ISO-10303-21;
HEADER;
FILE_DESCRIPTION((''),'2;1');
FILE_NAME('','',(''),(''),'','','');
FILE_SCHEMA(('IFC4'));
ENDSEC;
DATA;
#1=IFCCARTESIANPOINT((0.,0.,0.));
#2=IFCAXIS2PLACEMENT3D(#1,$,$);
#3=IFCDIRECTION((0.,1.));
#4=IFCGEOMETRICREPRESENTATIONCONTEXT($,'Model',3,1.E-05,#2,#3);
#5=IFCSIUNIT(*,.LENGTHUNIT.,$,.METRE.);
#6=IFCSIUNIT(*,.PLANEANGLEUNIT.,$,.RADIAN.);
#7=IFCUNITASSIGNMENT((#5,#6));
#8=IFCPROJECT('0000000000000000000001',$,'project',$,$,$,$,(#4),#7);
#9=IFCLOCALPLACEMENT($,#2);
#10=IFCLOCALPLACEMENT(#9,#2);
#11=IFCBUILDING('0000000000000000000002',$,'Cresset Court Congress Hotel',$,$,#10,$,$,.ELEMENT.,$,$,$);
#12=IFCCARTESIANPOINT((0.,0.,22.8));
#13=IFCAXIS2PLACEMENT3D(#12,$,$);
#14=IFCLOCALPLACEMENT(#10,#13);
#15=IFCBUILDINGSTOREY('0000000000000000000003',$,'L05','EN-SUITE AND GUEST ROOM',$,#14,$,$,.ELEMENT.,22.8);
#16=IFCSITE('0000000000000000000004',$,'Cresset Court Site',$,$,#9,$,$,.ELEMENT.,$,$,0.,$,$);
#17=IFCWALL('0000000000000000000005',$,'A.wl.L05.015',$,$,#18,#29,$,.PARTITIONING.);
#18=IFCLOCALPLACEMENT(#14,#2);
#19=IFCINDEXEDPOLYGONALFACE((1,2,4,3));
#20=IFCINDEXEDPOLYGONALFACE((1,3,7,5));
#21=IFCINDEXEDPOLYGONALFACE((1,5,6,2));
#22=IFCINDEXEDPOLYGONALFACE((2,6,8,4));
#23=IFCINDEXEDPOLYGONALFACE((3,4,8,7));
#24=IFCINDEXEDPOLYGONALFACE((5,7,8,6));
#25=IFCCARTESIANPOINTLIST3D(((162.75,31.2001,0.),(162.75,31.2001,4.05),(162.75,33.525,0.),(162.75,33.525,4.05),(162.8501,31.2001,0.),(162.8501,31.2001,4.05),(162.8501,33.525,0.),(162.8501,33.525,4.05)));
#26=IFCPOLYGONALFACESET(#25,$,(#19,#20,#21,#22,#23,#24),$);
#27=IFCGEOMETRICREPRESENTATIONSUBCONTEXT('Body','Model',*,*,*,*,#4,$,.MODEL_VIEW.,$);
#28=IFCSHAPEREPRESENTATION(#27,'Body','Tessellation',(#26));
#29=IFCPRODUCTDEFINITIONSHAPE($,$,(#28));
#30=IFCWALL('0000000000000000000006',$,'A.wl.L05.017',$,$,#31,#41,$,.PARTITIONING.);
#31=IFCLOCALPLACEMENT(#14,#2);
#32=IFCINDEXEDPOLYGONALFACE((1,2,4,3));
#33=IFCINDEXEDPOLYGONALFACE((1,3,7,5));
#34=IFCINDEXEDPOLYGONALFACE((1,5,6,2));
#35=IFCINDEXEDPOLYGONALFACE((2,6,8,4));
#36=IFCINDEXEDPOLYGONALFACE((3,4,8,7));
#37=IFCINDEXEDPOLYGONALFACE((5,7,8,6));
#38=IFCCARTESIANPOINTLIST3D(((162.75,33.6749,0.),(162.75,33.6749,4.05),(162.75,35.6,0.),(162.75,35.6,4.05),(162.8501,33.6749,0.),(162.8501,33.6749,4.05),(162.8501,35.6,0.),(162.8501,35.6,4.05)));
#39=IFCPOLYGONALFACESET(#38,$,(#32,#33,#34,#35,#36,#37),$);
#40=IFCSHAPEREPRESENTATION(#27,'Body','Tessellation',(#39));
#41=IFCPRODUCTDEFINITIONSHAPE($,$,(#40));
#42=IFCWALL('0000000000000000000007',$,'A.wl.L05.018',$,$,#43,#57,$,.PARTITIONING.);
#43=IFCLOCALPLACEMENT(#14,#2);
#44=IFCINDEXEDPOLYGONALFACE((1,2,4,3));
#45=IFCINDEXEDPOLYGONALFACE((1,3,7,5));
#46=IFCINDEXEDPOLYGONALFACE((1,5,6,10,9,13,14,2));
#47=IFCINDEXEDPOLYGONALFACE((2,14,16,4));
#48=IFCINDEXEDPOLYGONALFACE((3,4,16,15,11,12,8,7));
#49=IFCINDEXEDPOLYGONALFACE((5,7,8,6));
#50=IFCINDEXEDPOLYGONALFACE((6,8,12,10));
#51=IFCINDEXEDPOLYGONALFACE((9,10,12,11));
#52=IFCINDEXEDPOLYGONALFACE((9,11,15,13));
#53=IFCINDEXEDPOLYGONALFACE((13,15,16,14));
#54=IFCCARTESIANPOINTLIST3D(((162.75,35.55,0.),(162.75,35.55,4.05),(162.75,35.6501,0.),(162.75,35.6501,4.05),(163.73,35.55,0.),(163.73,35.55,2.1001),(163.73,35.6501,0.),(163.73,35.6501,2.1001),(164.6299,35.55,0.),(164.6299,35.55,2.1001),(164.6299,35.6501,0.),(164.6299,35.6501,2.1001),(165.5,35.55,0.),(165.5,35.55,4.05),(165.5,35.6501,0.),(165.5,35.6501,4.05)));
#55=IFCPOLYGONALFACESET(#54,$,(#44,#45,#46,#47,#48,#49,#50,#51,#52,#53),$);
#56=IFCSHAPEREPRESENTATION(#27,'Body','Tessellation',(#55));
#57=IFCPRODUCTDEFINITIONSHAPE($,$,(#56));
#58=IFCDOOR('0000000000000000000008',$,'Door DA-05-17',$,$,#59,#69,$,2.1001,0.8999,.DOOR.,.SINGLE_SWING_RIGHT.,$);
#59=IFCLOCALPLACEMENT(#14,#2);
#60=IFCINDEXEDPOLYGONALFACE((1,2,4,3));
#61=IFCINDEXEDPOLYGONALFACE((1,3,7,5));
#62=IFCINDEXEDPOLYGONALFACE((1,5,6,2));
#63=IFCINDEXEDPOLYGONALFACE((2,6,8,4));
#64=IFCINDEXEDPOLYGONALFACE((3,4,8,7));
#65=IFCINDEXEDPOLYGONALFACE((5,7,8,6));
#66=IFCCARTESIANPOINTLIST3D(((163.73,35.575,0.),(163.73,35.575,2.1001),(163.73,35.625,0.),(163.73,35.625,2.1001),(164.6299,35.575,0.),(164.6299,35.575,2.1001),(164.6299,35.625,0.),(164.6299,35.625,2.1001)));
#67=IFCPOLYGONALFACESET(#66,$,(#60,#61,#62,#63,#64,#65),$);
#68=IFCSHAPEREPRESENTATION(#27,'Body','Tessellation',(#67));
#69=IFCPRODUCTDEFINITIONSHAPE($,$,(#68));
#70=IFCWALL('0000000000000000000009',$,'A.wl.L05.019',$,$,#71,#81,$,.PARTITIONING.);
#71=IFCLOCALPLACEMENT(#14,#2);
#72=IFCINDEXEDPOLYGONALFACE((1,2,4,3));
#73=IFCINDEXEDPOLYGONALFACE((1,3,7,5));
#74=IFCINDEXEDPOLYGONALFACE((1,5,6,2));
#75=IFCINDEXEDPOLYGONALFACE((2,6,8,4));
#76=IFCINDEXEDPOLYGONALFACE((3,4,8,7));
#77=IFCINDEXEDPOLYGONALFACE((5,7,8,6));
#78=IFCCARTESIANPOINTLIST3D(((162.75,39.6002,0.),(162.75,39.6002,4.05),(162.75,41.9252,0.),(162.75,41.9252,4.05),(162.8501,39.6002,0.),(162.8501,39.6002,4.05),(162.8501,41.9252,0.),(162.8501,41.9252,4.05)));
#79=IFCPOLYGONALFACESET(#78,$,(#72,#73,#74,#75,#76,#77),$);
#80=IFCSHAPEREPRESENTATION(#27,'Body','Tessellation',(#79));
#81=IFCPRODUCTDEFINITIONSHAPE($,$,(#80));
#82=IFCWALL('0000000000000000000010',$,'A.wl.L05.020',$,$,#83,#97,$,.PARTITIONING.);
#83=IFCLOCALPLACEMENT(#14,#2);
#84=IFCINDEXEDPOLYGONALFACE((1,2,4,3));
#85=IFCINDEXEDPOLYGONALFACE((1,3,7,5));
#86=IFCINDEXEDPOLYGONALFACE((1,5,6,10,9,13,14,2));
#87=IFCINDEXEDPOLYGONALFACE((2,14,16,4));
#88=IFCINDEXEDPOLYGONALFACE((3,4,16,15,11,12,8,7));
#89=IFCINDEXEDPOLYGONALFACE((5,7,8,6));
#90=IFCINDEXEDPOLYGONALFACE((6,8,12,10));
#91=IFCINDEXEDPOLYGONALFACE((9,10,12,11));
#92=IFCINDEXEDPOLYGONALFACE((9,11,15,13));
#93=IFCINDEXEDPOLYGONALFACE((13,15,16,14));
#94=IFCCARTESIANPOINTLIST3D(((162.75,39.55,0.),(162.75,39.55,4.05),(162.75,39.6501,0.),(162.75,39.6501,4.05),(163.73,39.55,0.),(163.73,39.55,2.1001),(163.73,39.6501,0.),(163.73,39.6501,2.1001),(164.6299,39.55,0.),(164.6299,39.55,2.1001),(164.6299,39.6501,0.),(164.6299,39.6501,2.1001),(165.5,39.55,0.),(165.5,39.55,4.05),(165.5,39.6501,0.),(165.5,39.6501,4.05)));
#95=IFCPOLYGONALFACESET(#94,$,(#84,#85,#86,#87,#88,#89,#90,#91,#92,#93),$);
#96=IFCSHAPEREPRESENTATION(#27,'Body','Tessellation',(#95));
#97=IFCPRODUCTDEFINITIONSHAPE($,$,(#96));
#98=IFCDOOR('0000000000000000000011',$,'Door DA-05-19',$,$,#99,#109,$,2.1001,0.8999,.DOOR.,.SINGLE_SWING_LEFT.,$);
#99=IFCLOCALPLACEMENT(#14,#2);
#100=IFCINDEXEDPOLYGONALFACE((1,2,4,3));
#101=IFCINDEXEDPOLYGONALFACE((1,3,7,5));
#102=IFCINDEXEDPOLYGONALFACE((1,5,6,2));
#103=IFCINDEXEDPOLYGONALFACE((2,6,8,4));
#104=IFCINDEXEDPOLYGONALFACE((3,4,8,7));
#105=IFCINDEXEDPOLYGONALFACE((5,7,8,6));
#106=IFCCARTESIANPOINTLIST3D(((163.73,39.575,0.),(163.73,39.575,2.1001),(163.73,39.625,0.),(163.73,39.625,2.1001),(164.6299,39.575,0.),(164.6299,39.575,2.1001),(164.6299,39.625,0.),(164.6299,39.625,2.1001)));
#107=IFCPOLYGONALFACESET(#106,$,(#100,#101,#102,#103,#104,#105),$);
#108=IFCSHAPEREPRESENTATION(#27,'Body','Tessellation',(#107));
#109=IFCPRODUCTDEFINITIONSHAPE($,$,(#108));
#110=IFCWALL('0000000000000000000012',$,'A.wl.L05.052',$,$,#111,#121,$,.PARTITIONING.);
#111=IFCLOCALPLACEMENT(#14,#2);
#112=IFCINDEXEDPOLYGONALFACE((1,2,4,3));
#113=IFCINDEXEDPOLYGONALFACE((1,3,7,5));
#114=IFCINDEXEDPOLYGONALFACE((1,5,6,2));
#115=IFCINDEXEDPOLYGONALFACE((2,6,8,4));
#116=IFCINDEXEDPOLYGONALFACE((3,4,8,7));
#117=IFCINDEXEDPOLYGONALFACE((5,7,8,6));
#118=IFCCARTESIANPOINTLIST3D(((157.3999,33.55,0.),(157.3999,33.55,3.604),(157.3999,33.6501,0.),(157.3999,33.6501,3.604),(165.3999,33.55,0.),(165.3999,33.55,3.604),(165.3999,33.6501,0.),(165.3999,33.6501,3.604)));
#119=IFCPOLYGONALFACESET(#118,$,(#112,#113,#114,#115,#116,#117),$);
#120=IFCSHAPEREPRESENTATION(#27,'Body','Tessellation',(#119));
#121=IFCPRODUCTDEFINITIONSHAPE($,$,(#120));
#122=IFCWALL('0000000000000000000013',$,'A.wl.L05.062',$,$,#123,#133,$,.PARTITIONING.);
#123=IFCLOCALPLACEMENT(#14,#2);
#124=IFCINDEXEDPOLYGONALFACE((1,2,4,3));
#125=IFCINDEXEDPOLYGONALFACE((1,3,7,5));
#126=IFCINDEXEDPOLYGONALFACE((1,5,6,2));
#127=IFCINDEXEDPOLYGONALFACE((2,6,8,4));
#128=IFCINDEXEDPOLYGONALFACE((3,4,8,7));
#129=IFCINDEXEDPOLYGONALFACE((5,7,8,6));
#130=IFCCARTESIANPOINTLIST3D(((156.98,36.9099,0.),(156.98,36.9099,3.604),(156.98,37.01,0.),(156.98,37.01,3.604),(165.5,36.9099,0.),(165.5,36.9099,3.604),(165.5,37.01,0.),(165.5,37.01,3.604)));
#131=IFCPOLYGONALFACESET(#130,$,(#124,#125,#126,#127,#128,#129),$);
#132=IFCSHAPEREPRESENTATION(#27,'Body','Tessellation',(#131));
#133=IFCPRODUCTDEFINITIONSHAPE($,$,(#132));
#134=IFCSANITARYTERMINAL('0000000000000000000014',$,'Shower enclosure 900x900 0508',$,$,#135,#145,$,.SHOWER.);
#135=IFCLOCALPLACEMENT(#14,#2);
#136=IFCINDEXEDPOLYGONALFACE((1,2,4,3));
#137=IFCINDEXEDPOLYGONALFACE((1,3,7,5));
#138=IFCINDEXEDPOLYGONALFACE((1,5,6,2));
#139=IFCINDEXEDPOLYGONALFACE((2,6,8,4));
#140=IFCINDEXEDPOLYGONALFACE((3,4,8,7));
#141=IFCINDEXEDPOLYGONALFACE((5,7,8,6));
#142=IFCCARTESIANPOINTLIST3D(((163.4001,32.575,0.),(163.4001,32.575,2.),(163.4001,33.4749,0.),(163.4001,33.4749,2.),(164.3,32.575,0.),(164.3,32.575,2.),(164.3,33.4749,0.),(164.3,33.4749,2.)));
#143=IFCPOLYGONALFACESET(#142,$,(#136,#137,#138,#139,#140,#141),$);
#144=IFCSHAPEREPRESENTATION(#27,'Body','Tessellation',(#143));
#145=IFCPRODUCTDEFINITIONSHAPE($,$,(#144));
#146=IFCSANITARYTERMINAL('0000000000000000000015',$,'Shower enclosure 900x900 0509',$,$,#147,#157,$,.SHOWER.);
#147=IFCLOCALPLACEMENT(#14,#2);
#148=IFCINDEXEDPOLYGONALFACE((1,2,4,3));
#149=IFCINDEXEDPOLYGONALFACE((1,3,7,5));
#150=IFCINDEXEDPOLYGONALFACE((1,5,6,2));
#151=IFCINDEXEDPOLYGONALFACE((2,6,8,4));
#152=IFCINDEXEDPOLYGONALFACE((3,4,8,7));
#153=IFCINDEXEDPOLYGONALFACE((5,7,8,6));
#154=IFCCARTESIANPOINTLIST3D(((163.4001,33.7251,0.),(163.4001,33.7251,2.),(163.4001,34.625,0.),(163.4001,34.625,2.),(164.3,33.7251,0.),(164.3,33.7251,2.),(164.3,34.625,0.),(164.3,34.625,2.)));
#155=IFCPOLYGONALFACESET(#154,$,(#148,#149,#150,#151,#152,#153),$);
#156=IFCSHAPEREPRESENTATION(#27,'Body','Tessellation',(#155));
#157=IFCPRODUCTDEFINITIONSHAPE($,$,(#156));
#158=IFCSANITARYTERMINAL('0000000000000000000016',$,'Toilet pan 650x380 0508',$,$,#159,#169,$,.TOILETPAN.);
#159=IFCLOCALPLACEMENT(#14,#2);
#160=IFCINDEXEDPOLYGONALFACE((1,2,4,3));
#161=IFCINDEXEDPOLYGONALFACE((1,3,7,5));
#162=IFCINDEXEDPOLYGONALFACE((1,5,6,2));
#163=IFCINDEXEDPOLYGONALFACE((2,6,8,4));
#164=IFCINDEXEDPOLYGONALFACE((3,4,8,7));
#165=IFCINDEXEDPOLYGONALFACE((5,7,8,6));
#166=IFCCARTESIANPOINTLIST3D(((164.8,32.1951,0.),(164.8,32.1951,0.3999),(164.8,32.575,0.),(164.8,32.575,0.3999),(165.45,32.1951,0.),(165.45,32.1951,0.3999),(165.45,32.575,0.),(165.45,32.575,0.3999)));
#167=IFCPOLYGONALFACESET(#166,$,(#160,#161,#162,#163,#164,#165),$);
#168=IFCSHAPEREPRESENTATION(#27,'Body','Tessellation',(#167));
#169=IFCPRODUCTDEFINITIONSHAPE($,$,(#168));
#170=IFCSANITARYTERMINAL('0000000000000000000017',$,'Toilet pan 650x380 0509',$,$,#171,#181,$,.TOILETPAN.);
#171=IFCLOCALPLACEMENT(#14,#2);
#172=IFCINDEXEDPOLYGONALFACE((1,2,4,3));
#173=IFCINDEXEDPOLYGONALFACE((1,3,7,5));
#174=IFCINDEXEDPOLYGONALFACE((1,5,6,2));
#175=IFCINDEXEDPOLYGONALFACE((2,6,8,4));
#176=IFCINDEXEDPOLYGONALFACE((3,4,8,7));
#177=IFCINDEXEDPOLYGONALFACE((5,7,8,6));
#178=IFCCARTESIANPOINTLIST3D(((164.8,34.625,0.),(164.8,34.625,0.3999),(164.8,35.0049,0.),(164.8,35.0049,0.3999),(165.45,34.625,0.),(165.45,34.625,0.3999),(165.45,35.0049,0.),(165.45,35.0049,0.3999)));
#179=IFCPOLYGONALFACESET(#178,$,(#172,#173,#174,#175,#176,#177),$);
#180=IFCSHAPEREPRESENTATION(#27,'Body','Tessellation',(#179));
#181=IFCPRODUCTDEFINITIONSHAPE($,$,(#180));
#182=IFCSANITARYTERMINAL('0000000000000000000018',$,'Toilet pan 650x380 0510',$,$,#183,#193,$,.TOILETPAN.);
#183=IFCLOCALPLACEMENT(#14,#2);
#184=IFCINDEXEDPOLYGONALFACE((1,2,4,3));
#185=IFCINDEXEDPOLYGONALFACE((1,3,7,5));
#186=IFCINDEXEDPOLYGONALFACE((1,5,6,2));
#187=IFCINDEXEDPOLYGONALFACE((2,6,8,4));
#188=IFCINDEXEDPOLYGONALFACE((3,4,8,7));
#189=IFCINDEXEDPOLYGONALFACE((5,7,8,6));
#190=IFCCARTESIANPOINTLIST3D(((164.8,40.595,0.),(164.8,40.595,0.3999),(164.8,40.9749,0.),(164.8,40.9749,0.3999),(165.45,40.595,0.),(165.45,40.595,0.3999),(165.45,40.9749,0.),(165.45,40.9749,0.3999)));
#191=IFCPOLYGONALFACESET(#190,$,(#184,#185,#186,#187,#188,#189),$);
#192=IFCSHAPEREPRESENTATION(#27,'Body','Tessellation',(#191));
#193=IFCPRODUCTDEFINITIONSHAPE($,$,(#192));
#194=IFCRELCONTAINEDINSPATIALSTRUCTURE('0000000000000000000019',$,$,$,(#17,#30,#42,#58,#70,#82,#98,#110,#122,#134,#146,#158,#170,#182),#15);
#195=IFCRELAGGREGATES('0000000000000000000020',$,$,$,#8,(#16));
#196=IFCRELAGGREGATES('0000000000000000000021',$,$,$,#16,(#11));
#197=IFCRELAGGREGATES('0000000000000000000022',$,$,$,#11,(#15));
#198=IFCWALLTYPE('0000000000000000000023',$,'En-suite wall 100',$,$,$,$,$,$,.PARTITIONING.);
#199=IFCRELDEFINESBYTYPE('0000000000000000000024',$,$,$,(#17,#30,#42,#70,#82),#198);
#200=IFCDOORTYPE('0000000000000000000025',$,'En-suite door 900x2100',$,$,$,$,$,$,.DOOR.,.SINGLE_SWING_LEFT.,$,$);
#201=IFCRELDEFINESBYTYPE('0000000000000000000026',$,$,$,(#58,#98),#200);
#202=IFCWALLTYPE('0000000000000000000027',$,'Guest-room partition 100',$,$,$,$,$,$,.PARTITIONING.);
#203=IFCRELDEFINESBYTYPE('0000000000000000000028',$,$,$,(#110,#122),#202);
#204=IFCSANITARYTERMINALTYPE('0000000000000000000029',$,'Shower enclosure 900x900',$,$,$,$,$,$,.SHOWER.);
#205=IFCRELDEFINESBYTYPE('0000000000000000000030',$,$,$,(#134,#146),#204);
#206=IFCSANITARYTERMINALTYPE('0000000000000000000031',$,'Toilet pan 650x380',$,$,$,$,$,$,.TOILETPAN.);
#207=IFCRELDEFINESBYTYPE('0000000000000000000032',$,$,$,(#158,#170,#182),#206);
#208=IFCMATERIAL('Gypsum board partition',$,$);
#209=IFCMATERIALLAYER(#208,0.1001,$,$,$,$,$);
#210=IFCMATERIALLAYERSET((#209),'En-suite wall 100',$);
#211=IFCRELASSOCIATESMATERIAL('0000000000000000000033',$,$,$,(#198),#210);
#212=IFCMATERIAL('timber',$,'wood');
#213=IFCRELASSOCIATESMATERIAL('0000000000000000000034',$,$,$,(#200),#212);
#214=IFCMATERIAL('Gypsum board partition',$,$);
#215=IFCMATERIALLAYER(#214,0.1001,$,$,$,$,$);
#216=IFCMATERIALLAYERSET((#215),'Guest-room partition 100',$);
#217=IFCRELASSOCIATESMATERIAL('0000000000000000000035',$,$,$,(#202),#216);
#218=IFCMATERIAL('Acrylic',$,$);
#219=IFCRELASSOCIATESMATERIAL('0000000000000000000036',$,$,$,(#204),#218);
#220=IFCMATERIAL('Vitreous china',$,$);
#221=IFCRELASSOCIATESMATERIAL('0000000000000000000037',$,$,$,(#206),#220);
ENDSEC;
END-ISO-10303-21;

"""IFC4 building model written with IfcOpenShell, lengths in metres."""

from ifc_helpers import new_model, si_unit, direction, frame, frame_2d, origin, origin_2d, place, context, subcontext, project, spatial, rectangle, extrude, material, layer, layer_set, type_object, element, fill, save


model = new_model("IFC4")

# Units and contexts
model_context = context("Model", 3, precision=1e-05, world=origin(), true_north=direction((0.0, 1.0)))
body_context = subcontext(model_context, "Body", "Model", "MODEL_VIEW")
ifc_project = project(units=[si_unit("LENGTHUNIT", "METRE"), si_unit("PLANEANGLEUNIT", "RADIAN")], contexts=[model_context])

# Site, building, storey
site_placement = place(None, origin())
site = spatial("IfcSite", under=ifc_project, at=site_placement, Name="Cresset Court Site", CompositionType="ELEMENT", RefElevation=0.0)
building_placement = place(site_placement, origin())
building = spatial("IfcBuilding", under=site, at=building_placement, Name="Cresset Court Congress Hotel", CompositionType="ELEMENT")
storey_placement = place(building_placement, frame((0.0, 0.0, 22.8)))
storey = spatial("IfcBuildingStorey", under=building, at=storey_placement, Name="L05", Description="EN-SUITE AND GUEST ROOM", CompositionType="ELEMENT", Elevation=22.8)

# Walls
ifc_material_1 = material(Name="Gypsum board partition")
ifc_layer_1 = layer(ifc_material_1, 0.1001)
ifc_layer_set_1 = layer_set([ifc_layer_1], Name="En-suite wall 100")
wall_type_1 = type_object("IfcWallType", Name="En-suite wall 100", PredefinedType="PARTITIONING", material=ifc_layer_set_1)
wall_1_placement = place(storey_placement, frame((162.8, 31.2, 0.0), z_axis=(0.0, 0.0, 1.0), x_axis=(0.0, 1.0, 0.0)))
element("IfcWall", 1, at=wall_1_placement, inside=storey, type_object=wall_type_1, Name="A.wl.L05.015", PredefinedType="PARTITIONING", context=body_context, shape_type="SweptSolid", body=[
    extrude(rectangle(XDim=2.325, YDim=0.1001, at=frame_2d((1.1626, 0.0))), origin(), (0.0, 0.0, 1.0), 4.05),
])
wall_2_placement = place(storey_placement, frame((162.8, 33.675, 0.0), z_axis=(0.0, 0.0, 1.0), x_axis=(0.0, 1.0, 0.0)))
element("IfcWall", 2, at=wall_2_placement, inside=storey, type_object=wall_type_1, Name="A.wl.L05.017", PredefinedType="PARTITIONING", context=body_context, shape_type="SweptSolid", body=[
    extrude(rectangle(XDim=1.925, YDim=0.1001, at=frame_2d((0.9624, 0.0))), origin(), (0.0, 0.0, 1.0), 4.05),
])

# Wall, opening, door
wall_3_placement = place(storey_placement, frame((162.75, 35.6001, 0.0), z_axis=(0.0, 0.0, 1.0), x_axis=(1.0, 0.0, 0.0)))
wall_3 = element("IfcWall", 3, at=wall_3_placement, inside=storey, type_object=wall_type_1, Name="A.wl.L05.018", PredefinedType="PARTITIONING", context=body_context, shape_type="SweptSolid", body=[
    extrude(rectangle(XDim=2.75, YDim=0.1001, at=frame_2d((1.375, 0.0))), origin(), (0.0, 0.0, 1.0), 4.05),
])
opening_1_placement = place(wall_3_placement, frame((0.98, 0.0, 0.0)))
opening_1 = element("IfcOpeningElement", 4, at=opening_1_placement, cuts=wall_3, PredefinedType="OPENING", context=body_context, shape_type="SweptSolid", body=[
    extrude(rectangle(XDim=0.8999, YDim=2.1001, at=frame_2d((0.45, 1.05))), frame((0.0, 0.0601, 0.0), z_axis=(0.0, -1.0, 0.0), x_axis=(1.0, 0.0, 0.0)), (0.0, 0.0, 1.0), 0.1201),
])
ifc_material_2 = material(Name="timber", Category="wood")
door_type = type_object("IfcDoorType", Name="En-suite door 900x2100", OperationType="SINGLE_SWING_LEFT", PredefinedType="DOOR", material=ifc_material_2)
door_1_placement = place(opening_1_placement, origin())
door_1 = element("IfcDoor", 5, at=door_1_placement, inside=storey, type_object=door_type, Name="Door DA-05-17", OperationType="SINGLE_SWING_RIGHT", OverallHeight=2.1001, OverallWidth=0.8999, PredefinedType="DOOR", context=body_context, shape_type="SweptSolid", body=[
    extrude(rectangle(XDim=0.8999, YDim=2.1001, at=frame_2d((0.45, 1.05))), frame((0.0, 0.0249, 0.0), z_axis=(0.0, -1.0, 0.0), x_axis=(1.0, 0.0, 0.0)), (0.0, 0.0, 1.0), 0.05),
])
fill(opening_1, door_1)

# Wall
wall_4_placement = place(storey_placement, frame((162.8, 39.6001, 0.0), z_axis=(0.0, 0.0, 1.0), x_axis=(0.0, 1.0, 0.0)))
element("IfcWall", 6, at=wall_4_placement, inside=storey, type_object=wall_type_1, Name="A.wl.L05.019", PredefinedType="PARTITIONING", context=body_context, shape_type="SweptSolid", body=[
    extrude(rectangle(XDim=2.325, YDim=0.1001, at=frame_2d((1.1626, 0.0))), origin(), (0.0, 0.0, 1.0), 4.05),
])

# Wall, opening, door
wall_5_placement = place(storey_placement, frame((162.75, 39.6001, 0.0), z_axis=(0.0, 0.0, 1.0), x_axis=(1.0, 0.0, 0.0)))
wall_5 = element("IfcWall", 7, at=wall_5_placement, inside=storey, type_object=wall_type_1, Name="A.wl.L05.020", PredefinedType="PARTITIONING", context=body_context, shape_type="SweptSolid", body=[
    extrude(rectangle(XDim=2.75, YDim=0.1001, at=frame_2d((1.375, 0.0))), origin(), (0.0, 0.0, 1.0), 4.05),
])
opening_2_placement = place(wall_5_placement, frame((0.98, 0.0, 0.0)))
opening_2 = element("IfcOpeningElement", 8, at=opening_2_placement, cuts=wall_5, PredefinedType="OPENING", context=body_context, shape_type="SweptSolid", body=[
    extrude(rectangle(XDim=0.8999, YDim=2.1001, at=frame_2d((0.45, 1.05))), frame((0.0, 0.0601, 0.0), z_axis=(0.0, -1.0, 0.0), x_axis=(1.0, 0.0, 0.0)), (0.0, 0.0, 1.0), 0.1201),
])
door_2_placement = place(opening_2_placement, origin())
door_2 = element("IfcDoor", 9, at=door_2_placement, inside=storey, type_object=door_type, Name="Door DA-05-19", OperationType="SINGLE_SWING_LEFT", OverallHeight=2.1001, OverallWidth=0.8999, PredefinedType="DOOR", context=body_context, shape_type="SweptSolid", body=[
    extrude(rectangle(XDim=0.8999, YDim=2.1001, at=frame_2d((0.45, 1.05))), frame((0.0, 0.0249, 0.0), z_axis=(0.0, -1.0, 0.0), x_axis=(1.0, 0.0, 0.0)), (0.0, 0.0, 1.0), 0.05),
])
fill(opening_2, door_2)

# Walls
ifc_material_3 = material(Name="Gypsum board partition")
ifc_layer_2 = layer(ifc_material_3, 0.1001)
ifc_layer_set_2 = layer_set([ifc_layer_2], Name="Guest-room partition 100")
wall_type_2 = type_object("IfcWallType", Name="Guest-room partition 100", PredefinedType="PARTITIONING", material=ifc_layer_set_2)
wall_6_placement = place(storey_placement, frame((157.3999, 33.6001, 0.0), z_axis=(0.0, 0.0, 1.0), x_axis=(1.0, 0.0, 0.0)))
element("IfcWall", 10, at=wall_6_placement, inside=storey, type_object=wall_type_2, Name="A.wl.L05.052", PredefinedType="PARTITIONING", context=body_context, shape_type="SweptSolid", body=[
    extrude(rectangle(XDim=8.0, YDim=0.1001, at=frame_2d((4.0, 0.0))), origin(), (0.0, 0.0, 1.0), 3.604),
])
wall_7_placement = place(storey_placement, frame((156.98, 36.96, 0.0), z_axis=(0.0, 0.0, 1.0), x_axis=(1.0, 0.0, 0.0)))
element("IfcWall", 11, at=wall_7_placement, inside=storey, type_object=wall_type_2, Name="A.wl.L05.062", PredefinedType="PARTITIONING", context=body_context, shape_type="SweptSolid", body=[
    extrude(rectangle(XDim=8.52, YDim=0.1001, at=frame_2d((4.26, 0.0))), origin(), (0.0, 0.0, 1.0), 3.604),
])

# Sanitary terminals
ifc_material_4 = material(Name="Acrylic")
sanitary_terminal_type_1 = type_object("IfcSanitaryTerminalType", Name="Shower enclosure 900x900", PredefinedType="SHOWER", material=ifc_material_4)
for number, where, z_axis, x_axis, name in (
    (12, (163.8501, 33.0249, 0.0), (0.0, 0.0, 1.0), (1.0, 0.0, 0.0), "Shower enclosure 900x900 0508"),
    (13, (163.8501, 34.175, 0.0), (0.0, 0.0, 1.0), (1.0, 0.0, 0.0), "Shower enclosure 900x900 0509"),
):
    element("IfcSanitaryTerminal", number, at=place(storey_placement, frame(where, z_axis=z_axis, x_axis=x_axis)), inside=storey, type_object=sanitary_terminal_type_1, Name=name, PredefinedType="SHOWER", context=body_context, shape_type="SweptSolid", body=[
        extrude(rectangle(XDim=0.8999, YDim=0.8999, at=origin_2d()), origin(), (0.0, 0.0, 1.0), 2.0),
    ])
ifc_material_5 = material(Name="Vitreous china")
sanitary_terminal_type_2 = type_object("IfcSanitaryTerminalType", Name="Toilet pan 650x380", PredefinedType="TOILETPAN", material=ifc_material_5)
for number, where, z_axis, x_axis, name in (
    (14, (165.125, 32.385, 0.0), (0.0, 0.0, 1.0), (1.0, 0.0, 0.0), "Toilet pan 650x380 0508"),
    (15, (165.125, 34.8149, 0.0), (0.0, 0.0, 1.0), (1.0, 0.0, 0.0), "Toilet pan 650x380 0509"),
    (16, (165.125, 40.7849, 0.0), (0.0, 0.0, 1.0), (1.0, 0.0, 0.0), "Toilet pan 650x380 0510"),
):
    element("IfcSanitaryTerminal", number, at=place(storey_placement, frame(where, z_axis=z_axis, x_axis=x_axis)), inside=storey, type_object=sanitary_terminal_type_2, Name=name, PredefinedType="TOILETPAN", context=body_context, shape_type="SweptSolid", body=[
        extrude(rectangle(XDim=0.6499, YDim=0.3799, at=origin_2d()), origin(), (0.0, 0.0, 1.0), 0.3999),
    ])

save(model, "model.ifc")
